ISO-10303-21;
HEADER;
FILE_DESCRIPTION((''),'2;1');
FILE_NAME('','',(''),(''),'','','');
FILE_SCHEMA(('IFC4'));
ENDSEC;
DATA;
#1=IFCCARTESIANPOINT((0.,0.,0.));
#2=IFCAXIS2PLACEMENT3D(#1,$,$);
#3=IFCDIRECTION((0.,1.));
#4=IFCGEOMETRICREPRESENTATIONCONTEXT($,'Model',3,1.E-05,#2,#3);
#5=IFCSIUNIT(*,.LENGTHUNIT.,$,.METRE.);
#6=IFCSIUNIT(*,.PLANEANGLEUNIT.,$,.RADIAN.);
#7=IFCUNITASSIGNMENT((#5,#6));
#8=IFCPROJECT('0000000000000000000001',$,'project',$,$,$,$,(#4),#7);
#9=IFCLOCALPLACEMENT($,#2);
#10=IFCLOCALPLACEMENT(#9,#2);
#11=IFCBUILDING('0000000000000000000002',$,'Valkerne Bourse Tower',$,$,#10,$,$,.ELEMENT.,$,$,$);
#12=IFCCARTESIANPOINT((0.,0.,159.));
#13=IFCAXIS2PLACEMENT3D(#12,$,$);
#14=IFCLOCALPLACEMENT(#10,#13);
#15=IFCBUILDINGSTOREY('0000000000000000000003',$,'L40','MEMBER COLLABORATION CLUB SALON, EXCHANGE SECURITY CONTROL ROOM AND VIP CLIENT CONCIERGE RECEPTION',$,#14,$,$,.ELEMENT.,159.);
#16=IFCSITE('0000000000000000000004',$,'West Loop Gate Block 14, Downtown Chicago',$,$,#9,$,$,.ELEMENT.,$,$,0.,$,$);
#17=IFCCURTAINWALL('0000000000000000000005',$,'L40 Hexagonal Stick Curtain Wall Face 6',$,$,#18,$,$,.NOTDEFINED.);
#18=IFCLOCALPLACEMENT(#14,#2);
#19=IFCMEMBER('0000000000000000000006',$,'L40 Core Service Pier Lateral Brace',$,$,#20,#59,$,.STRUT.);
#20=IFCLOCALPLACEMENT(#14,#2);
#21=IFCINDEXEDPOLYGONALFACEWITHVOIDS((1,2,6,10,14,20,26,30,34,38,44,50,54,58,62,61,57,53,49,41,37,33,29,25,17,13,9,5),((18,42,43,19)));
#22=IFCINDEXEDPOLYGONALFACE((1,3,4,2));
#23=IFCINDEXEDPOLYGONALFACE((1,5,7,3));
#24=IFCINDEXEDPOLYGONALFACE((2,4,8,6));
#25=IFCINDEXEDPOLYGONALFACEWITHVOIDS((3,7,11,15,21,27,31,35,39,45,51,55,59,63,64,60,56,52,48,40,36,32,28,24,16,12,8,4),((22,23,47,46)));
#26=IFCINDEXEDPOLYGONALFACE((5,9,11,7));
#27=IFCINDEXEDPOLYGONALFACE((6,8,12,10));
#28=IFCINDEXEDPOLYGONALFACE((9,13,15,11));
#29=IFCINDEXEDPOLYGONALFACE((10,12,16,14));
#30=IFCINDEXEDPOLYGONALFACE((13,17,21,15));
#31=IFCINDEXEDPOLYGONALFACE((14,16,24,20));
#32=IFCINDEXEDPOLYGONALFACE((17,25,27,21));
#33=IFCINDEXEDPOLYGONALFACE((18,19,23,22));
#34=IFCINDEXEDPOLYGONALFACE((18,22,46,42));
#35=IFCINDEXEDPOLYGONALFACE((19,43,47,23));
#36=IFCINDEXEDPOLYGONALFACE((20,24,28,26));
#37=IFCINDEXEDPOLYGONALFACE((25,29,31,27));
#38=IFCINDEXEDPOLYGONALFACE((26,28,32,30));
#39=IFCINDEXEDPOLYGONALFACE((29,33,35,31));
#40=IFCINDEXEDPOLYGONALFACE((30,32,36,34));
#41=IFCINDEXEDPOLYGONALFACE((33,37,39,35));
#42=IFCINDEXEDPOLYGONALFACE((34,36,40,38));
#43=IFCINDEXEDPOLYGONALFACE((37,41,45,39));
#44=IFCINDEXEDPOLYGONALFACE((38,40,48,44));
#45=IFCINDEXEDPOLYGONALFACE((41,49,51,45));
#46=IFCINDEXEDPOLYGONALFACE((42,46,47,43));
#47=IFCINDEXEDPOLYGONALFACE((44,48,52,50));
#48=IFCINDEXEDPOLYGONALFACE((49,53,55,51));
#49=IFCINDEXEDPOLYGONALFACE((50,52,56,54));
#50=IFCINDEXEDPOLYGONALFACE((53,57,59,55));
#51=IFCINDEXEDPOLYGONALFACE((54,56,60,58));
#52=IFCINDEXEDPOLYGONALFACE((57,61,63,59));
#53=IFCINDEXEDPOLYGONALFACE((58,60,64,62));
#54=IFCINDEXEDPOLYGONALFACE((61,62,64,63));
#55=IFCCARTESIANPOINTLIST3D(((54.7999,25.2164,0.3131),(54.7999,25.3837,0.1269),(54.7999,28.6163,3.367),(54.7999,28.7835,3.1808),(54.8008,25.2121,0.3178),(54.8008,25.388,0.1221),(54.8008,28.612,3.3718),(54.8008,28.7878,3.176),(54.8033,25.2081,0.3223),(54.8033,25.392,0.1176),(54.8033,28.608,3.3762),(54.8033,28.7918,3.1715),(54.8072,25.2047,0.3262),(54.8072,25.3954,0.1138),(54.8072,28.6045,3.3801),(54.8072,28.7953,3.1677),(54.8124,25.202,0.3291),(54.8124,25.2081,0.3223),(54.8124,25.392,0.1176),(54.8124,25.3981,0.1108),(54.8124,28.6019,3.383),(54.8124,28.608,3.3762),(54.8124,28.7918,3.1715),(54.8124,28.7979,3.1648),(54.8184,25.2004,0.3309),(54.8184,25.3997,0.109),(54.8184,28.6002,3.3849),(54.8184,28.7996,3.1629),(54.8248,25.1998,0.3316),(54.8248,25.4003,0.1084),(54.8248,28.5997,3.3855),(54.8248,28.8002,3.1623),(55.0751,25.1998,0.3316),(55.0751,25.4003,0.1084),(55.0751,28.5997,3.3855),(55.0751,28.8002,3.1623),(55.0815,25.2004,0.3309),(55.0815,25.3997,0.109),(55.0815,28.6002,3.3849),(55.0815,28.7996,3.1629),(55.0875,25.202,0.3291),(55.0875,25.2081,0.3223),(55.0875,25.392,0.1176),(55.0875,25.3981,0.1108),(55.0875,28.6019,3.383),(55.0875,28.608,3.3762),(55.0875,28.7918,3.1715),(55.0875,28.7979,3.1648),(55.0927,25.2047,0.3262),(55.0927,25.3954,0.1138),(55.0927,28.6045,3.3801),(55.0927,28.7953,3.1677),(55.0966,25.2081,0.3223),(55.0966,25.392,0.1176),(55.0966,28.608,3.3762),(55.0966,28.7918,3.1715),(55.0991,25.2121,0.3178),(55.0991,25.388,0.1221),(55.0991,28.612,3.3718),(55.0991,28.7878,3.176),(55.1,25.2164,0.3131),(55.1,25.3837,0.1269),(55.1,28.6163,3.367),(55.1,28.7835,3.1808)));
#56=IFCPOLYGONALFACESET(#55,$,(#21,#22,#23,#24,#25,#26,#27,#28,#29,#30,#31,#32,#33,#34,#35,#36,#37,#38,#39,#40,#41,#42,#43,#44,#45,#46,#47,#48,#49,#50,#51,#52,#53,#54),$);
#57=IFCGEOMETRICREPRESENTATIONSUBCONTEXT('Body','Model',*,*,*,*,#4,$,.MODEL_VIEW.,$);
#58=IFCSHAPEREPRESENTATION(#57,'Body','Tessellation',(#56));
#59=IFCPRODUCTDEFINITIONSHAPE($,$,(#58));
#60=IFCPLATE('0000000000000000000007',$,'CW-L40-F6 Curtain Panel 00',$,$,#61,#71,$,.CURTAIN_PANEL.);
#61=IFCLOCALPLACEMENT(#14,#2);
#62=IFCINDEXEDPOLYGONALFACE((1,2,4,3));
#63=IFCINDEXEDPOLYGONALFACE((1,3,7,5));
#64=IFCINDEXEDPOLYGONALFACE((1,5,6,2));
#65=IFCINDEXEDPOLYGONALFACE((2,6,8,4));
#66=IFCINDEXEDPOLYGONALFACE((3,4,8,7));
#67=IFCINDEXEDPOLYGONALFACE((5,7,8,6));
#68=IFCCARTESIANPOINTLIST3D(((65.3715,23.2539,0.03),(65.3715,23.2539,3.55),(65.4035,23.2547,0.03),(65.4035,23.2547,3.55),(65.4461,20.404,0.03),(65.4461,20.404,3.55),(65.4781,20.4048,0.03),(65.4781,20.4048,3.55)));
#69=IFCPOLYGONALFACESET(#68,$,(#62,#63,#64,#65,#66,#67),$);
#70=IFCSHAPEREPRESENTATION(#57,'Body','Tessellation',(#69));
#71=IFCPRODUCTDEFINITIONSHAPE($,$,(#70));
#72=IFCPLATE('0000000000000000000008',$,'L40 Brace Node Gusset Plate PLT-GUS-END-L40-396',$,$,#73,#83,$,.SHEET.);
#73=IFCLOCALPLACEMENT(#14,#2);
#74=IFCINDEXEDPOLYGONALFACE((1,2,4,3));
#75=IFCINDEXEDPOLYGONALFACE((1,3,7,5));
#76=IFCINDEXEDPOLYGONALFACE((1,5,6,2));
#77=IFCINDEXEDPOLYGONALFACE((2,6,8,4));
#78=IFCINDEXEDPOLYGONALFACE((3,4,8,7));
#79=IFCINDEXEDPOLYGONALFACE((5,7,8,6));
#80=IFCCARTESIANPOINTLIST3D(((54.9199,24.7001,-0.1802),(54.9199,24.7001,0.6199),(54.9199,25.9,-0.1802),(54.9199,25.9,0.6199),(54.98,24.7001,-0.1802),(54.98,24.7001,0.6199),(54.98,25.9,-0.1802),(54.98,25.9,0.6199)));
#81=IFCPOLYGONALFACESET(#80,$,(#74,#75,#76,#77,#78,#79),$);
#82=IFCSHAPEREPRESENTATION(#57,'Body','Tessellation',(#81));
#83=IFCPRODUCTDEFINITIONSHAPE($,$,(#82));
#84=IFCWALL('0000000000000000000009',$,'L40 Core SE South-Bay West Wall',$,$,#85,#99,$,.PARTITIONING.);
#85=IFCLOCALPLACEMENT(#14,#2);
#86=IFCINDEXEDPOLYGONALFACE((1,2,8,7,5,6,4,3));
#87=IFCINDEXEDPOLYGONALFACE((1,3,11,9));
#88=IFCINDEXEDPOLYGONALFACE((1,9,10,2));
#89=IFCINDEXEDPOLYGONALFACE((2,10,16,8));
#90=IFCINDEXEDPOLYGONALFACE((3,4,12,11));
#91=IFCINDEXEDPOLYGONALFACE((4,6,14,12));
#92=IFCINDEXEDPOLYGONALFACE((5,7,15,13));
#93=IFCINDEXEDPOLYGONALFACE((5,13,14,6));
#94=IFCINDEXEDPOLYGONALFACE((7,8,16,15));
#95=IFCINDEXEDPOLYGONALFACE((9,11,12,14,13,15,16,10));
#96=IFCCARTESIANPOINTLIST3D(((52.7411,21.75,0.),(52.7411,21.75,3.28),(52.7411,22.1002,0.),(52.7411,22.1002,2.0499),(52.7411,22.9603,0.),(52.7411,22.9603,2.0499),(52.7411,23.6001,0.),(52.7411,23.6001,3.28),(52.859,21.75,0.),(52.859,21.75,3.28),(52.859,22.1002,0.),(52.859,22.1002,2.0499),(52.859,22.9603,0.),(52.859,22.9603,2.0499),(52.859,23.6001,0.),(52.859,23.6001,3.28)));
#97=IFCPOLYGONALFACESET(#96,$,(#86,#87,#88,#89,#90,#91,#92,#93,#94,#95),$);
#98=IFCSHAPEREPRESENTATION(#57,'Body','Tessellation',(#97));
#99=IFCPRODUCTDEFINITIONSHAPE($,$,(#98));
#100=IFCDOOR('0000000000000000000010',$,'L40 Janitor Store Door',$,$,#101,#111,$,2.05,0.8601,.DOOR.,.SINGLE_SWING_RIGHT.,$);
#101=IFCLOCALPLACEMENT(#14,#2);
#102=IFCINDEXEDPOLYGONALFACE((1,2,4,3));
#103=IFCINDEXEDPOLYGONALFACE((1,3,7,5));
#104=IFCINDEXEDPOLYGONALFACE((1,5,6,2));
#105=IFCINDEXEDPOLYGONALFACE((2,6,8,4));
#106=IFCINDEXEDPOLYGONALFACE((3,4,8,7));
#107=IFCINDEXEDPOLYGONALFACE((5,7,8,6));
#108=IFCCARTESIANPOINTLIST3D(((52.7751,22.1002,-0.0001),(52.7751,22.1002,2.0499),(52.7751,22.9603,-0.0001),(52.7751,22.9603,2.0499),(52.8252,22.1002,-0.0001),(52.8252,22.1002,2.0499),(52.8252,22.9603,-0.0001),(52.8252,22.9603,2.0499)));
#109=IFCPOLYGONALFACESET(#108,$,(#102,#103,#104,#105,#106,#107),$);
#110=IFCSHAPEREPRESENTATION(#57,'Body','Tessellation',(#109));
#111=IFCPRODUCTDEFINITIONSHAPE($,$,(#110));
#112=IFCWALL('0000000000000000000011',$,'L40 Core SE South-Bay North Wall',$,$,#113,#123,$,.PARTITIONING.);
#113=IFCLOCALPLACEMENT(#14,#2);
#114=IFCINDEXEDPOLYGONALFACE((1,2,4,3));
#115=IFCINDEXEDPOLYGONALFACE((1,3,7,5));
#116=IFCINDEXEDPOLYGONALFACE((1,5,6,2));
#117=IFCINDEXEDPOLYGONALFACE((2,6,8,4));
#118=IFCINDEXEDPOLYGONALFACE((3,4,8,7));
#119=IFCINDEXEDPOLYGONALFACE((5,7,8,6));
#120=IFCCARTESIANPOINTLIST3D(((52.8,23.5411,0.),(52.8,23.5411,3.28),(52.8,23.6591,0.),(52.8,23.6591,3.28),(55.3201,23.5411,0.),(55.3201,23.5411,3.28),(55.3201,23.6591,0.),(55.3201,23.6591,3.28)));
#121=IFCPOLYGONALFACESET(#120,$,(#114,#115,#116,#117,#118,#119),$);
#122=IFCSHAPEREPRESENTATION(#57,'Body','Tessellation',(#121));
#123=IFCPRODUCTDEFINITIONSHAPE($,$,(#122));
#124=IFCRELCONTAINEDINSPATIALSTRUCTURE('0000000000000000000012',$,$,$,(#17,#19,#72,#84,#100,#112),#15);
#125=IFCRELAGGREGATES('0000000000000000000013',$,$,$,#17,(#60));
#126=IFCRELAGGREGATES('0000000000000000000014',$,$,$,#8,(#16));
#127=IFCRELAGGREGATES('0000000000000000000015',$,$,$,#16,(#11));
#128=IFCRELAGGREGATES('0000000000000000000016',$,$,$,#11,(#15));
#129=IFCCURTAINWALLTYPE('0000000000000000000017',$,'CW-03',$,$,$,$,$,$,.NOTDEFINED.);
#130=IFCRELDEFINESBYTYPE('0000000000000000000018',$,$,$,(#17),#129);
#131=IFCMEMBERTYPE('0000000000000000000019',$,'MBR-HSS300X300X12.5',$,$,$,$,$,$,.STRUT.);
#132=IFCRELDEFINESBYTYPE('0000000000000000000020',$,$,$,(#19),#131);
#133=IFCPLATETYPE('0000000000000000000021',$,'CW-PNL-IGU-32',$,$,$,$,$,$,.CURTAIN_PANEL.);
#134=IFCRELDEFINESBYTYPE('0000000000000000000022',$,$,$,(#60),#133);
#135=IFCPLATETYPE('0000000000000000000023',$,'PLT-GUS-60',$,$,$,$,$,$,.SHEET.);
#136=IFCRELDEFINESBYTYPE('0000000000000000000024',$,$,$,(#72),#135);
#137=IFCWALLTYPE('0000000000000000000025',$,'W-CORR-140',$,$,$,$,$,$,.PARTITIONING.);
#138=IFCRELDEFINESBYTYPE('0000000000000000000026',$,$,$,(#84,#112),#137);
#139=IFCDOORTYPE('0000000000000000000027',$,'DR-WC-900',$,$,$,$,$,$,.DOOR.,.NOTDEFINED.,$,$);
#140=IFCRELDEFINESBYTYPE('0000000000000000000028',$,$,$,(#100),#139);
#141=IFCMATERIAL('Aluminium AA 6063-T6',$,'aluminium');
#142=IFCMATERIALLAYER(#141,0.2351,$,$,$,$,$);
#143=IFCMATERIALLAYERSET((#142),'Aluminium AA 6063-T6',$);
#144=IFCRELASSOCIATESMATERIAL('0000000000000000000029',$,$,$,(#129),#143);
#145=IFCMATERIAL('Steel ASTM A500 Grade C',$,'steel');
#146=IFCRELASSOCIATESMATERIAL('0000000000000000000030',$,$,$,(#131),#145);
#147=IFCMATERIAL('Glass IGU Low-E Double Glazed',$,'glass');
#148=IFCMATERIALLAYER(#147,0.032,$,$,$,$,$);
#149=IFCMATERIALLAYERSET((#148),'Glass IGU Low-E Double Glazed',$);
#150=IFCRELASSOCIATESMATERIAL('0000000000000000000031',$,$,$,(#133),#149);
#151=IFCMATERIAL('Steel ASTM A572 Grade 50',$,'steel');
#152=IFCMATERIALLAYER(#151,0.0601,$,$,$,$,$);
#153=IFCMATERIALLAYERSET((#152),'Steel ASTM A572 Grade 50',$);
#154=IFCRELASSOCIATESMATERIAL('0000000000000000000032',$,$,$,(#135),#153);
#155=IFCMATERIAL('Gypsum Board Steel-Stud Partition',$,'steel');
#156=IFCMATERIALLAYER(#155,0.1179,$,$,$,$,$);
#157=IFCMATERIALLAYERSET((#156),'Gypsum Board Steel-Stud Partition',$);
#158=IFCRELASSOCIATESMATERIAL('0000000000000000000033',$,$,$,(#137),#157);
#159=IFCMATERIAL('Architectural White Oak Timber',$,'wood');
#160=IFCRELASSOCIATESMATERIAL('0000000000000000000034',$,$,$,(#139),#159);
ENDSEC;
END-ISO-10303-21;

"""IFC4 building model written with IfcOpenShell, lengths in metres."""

from ifc_helpers import new_model, si_unit, direction, frame, frame_2d, origin, origin_2d, place, context, subcontext, project, spatial, rectangle, hollow_rectangle, extrude, material, layer, layer_set, material_profile, profile_set, type_object, element, fill, aggregate, save


model = new_model("IFC4")

# Units and contexts
model_context = context("Model", 3, precision=1e-05, world=origin(), true_north=direction((0.0, 1.0)))
body_context = subcontext(model_context, "Body", "Model", "MODEL_VIEW")
ifc_project = project(units=[si_unit("LENGTHUNIT", "METRE"), si_unit("PLANEANGLEUNIT", "RADIAN")], contexts=[model_context])

# Site, building, storey
site_placement = place(None, origin())
site = spatial("IfcSite", under=ifc_project, at=site_placement, Name="West Loop Gate Block 14, Downtown Chicago", CompositionType="ELEMENT", RefElevation=0.0)
building_placement = place(site_placement, origin())
building = spatial("IfcBuilding", under=site, at=building_placement, Name="Valkerne Bourse Tower", CompositionType="ELEMENT")
storey_placement = place(building_placement, frame((0.0, 0.0, 159.0)))
storey = spatial("IfcBuildingStorey", under=building, at=storey_placement, Name="L40", Description="MEMBER COLLABORATION CLUB SALON, EXCHANGE SECURITY CONTROL ROOM AND VIP CLIENT CONCIERGE RECEPTION", CompositionType="ELEMENT", Elevation=159.0)

# Curtain wall
ifc_material_1 = material(Name="Aluminium AA 6063-T6", Category="aluminium")
ifc_layer_1 = layer(ifc_material_1, 0.2351)
ifc_layer_set_1 = layer_set([ifc_layer_1], Name="Aluminium AA 6063-T6")
curtain_wall_type = type_object("IfcCurtainWallType", Name="CW-03", PredefinedType="NOTDEFINED", material=ifc_layer_set_1)
curtain_wall_placement = place(storey_placement, origin())
curtain_wall = element("IfcCurtainWall", 1, at=curtain_wall_placement, inside=storey, type_object=curtain_wall_type, Name="L40 Hexagonal Stick Curtain Wall Face 6", PredefinedType="NOTDEFINED")

# Member
ifc_material_2 = material(Name="Steel ASTM A500 Grade C", Category="steel")
ifc_material_profile_1 = material_profile(ifc_material_2, hollow_rectangle(XDim=0.3, YDim=0.3, WallThickness=0.0125, OuterFilletRadius=0.0249, at=origin_2d()), Name="HSS300X300X12.5")
ifc_profile_set_1 = profile_set([ifc_material_profile_1], Name="Steel ASTM A500 Grade C")
member_type_1 = type_object("IfcMemberType", Name="MBR-HSS300X300X12.5", PredefinedType="STRUT", material=ifc_profile_set_1)
member_1_placement = place(storey_placement, frame((54.95, 25.3, 0.22), z_axis=(0.0, 0.743942, 0.668244), x_axis=(-1.0, 0.0, 0.0)))
element("IfcMember", 2, at=member_1_placement, inside=storey, type_object=member_type_1, Name="L40 Core Service Pier Lateral Brace", PredefinedType="STRUT", context=body_context, shape_type="SweptSolid", body=[
    extrude(hollow_rectangle(XDim=0.3, YDim=0.3, WallThickness=0.0125, OuterFilletRadius=0.0249, at=origin_2d()), origin(), (0.0, 0.0, 1.0), 4.5701),
])

# Plates
ifc_material_3 = material(Name="Glass IGU Low-E Double Glazed", Category="glass")
ifc_layer_2 = layer(ifc_material_3, 0.032)
ifc_layer_set_2 = layer_set([ifc_layer_2], Name="Glass IGU Low-E Double Glazed")
plate_type_1 = type_object("IfcPlateType", Name="CW-PNL-IGU-32", PredefinedType="CURTAIN_PANEL", material=ifc_layer_set_2)
plate_1_placement = place(storey_placement, frame((65.4248, 21.8293, 0.03), z_axis=(0.0, 0.0, 1.0), x_axis=(-0.026173, 0.999657, 0.0)))
plate_1 = element("IfcPlate", 3, at=plate_1_placement, type_object=plate_type_1, Name="CW-L40-F6 Curtain Panel 00", PredefinedType="CURTAIN_PANEL", context=body_context, shape_type="SweptSolid", body=[
    extrude(rectangle(XDim=2.8508, YDim=0.032, at=origin_2d()), origin(), (0.0, 0.0, 1.0), 3.52),
])
aggregate(curtain_wall, [plate_1])
ifc_material_4 = material(Name="Steel ASTM A572 Grade 50", Category="steel")
ifc_layer_3 = layer(ifc_material_4, 0.0601)
ifc_layer_set_3 = layer_set([ifc_layer_3], Name="Steel ASTM A572 Grade 50")
plate_type_2 = type_object("IfcPlateType", Name="PLT-GUS-60", PredefinedType="SHEET", material=ifc_layer_set_3)
plate_2_placement = place(storey_placement, frame((54.95, 25.3, -0.1802), z_axis=(0.0, 0.0, 1.0), x_axis=(0.0, 1.0, 0.0)))
element("IfcPlate", 4, at=plate_2_placement, inside=storey, type_object=plate_type_2, Name="L40 Brace Node Gusset Plate PLT-GUS-END-L40-396", PredefinedType="SHEET", context=body_context, shape_type="SweptSolid", body=[
    extrude(rectangle(XDim=1.2, YDim=0.0601, at=origin_2d()), origin(), (0.0, 0.0, 1.0), 0.8),
])

# Wall, opening, door
ifc_material_5 = material(Name="Gypsum Board Steel-Stud Partition", Category="steel")
ifc_layer_4 = layer(ifc_material_5, 0.1179)
ifc_layer_set_4 = layer_set([ifc_layer_4], Name="Gypsum Board Steel-Stud Partition")
wall_type = type_object("IfcWallType", Name="W-CORR-140", PredefinedType="PARTITIONING", material=ifc_layer_set_4)
wall_1_placement = place(storey_placement, frame((52.8, 21.75, 0.0), z_axis=(0.0, 0.0, 1.0), x_axis=(0.0, 1.0, 0.0)))
wall_1 = element("IfcWall", 5, at=wall_1_placement, inside=storey, type_object=wall_type, Name="L40 Core SE South-Bay West Wall", PredefinedType="PARTITIONING", context=body_context, shape_type="SweptSolid", body=[
    extrude(rectangle(XDim=1.8501, YDim=0.1179, at=frame_2d((0.925, 0.0))), origin(), (0.0, 0.0, 1.0), 3.28),
])
opening_placement = place(wall_1_placement, frame((0.3501, 0.0, 0.0)))
opening = element("IfcOpeningElement", 6, at=opening_placement, cuts=wall_1, PredefinedType="OPENING", context=body_context, shape_type="SweptSolid", body=[
    extrude(rectangle(XDim=0.8601, YDim=2.05, at=frame_2d((0.4302, 1.0249))), frame((0.0, 0.0688, 0.0), z_axis=(0.0, -1.0, 0.0), x_axis=(1.0, 0.0, 0.0)), (0.0, 0.0, 1.0), 0.1379),
])
ifc_material_6 = material(Name="Architectural White Oak Timber", Category="wood")
door_type = type_object("IfcDoorType", Name="DR-WC-900", OperationType="NOTDEFINED", PredefinedType="DOOR", material=ifc_material_6)
door_placement = place(opening_placement, origin())
door = element("IfcDoor", 7, at=door_placement, inside=storey, type_object=door_type, Name="L40 Janitor Store Door", OperationType="SINGLE_SWING_RIGHT", OverallHeight=2.05, OverallWidth=0.8601, PredefinedType="DOOR", context=body_context, shape_type="SweptSolid", body=[
    extrude(rectangle(XDim=0.8601, YDim=2.05, at=frame_2d((0.4302, 1.0249))), frame((0.0, 0.0249, 0.0), z_axis=(0.0, -1.0, 0.0), x_axis=(1.0, 0.0, 0.0)), (0.0, 0.0, 1.0), 0.05),
])
fill(opening, door)

# Wall
wall_2_placement = place(storey_placement, frame((52.8, 23.6001, 0.0), z_axis=(0.0, 0.0, 1.0), x_axis=(1.0, 0.0, 0.0)))
element("IfcWall", 8, at=wall_2_placement, inside=storey, type_object=wall_type, Name="L40 Core SE South-Bay North Wall", PredefinedType="PARTITIONING", context=body_context, shape_type="SweptSolid", body=[
    extrude(rectangle(XDim=2.52, YDim=0.1179, at=frame_2d((1.26, 0.0))), origin(), (0.0, 0.0, 1.0), 3.28),
])

save(model, "model.ifc")
